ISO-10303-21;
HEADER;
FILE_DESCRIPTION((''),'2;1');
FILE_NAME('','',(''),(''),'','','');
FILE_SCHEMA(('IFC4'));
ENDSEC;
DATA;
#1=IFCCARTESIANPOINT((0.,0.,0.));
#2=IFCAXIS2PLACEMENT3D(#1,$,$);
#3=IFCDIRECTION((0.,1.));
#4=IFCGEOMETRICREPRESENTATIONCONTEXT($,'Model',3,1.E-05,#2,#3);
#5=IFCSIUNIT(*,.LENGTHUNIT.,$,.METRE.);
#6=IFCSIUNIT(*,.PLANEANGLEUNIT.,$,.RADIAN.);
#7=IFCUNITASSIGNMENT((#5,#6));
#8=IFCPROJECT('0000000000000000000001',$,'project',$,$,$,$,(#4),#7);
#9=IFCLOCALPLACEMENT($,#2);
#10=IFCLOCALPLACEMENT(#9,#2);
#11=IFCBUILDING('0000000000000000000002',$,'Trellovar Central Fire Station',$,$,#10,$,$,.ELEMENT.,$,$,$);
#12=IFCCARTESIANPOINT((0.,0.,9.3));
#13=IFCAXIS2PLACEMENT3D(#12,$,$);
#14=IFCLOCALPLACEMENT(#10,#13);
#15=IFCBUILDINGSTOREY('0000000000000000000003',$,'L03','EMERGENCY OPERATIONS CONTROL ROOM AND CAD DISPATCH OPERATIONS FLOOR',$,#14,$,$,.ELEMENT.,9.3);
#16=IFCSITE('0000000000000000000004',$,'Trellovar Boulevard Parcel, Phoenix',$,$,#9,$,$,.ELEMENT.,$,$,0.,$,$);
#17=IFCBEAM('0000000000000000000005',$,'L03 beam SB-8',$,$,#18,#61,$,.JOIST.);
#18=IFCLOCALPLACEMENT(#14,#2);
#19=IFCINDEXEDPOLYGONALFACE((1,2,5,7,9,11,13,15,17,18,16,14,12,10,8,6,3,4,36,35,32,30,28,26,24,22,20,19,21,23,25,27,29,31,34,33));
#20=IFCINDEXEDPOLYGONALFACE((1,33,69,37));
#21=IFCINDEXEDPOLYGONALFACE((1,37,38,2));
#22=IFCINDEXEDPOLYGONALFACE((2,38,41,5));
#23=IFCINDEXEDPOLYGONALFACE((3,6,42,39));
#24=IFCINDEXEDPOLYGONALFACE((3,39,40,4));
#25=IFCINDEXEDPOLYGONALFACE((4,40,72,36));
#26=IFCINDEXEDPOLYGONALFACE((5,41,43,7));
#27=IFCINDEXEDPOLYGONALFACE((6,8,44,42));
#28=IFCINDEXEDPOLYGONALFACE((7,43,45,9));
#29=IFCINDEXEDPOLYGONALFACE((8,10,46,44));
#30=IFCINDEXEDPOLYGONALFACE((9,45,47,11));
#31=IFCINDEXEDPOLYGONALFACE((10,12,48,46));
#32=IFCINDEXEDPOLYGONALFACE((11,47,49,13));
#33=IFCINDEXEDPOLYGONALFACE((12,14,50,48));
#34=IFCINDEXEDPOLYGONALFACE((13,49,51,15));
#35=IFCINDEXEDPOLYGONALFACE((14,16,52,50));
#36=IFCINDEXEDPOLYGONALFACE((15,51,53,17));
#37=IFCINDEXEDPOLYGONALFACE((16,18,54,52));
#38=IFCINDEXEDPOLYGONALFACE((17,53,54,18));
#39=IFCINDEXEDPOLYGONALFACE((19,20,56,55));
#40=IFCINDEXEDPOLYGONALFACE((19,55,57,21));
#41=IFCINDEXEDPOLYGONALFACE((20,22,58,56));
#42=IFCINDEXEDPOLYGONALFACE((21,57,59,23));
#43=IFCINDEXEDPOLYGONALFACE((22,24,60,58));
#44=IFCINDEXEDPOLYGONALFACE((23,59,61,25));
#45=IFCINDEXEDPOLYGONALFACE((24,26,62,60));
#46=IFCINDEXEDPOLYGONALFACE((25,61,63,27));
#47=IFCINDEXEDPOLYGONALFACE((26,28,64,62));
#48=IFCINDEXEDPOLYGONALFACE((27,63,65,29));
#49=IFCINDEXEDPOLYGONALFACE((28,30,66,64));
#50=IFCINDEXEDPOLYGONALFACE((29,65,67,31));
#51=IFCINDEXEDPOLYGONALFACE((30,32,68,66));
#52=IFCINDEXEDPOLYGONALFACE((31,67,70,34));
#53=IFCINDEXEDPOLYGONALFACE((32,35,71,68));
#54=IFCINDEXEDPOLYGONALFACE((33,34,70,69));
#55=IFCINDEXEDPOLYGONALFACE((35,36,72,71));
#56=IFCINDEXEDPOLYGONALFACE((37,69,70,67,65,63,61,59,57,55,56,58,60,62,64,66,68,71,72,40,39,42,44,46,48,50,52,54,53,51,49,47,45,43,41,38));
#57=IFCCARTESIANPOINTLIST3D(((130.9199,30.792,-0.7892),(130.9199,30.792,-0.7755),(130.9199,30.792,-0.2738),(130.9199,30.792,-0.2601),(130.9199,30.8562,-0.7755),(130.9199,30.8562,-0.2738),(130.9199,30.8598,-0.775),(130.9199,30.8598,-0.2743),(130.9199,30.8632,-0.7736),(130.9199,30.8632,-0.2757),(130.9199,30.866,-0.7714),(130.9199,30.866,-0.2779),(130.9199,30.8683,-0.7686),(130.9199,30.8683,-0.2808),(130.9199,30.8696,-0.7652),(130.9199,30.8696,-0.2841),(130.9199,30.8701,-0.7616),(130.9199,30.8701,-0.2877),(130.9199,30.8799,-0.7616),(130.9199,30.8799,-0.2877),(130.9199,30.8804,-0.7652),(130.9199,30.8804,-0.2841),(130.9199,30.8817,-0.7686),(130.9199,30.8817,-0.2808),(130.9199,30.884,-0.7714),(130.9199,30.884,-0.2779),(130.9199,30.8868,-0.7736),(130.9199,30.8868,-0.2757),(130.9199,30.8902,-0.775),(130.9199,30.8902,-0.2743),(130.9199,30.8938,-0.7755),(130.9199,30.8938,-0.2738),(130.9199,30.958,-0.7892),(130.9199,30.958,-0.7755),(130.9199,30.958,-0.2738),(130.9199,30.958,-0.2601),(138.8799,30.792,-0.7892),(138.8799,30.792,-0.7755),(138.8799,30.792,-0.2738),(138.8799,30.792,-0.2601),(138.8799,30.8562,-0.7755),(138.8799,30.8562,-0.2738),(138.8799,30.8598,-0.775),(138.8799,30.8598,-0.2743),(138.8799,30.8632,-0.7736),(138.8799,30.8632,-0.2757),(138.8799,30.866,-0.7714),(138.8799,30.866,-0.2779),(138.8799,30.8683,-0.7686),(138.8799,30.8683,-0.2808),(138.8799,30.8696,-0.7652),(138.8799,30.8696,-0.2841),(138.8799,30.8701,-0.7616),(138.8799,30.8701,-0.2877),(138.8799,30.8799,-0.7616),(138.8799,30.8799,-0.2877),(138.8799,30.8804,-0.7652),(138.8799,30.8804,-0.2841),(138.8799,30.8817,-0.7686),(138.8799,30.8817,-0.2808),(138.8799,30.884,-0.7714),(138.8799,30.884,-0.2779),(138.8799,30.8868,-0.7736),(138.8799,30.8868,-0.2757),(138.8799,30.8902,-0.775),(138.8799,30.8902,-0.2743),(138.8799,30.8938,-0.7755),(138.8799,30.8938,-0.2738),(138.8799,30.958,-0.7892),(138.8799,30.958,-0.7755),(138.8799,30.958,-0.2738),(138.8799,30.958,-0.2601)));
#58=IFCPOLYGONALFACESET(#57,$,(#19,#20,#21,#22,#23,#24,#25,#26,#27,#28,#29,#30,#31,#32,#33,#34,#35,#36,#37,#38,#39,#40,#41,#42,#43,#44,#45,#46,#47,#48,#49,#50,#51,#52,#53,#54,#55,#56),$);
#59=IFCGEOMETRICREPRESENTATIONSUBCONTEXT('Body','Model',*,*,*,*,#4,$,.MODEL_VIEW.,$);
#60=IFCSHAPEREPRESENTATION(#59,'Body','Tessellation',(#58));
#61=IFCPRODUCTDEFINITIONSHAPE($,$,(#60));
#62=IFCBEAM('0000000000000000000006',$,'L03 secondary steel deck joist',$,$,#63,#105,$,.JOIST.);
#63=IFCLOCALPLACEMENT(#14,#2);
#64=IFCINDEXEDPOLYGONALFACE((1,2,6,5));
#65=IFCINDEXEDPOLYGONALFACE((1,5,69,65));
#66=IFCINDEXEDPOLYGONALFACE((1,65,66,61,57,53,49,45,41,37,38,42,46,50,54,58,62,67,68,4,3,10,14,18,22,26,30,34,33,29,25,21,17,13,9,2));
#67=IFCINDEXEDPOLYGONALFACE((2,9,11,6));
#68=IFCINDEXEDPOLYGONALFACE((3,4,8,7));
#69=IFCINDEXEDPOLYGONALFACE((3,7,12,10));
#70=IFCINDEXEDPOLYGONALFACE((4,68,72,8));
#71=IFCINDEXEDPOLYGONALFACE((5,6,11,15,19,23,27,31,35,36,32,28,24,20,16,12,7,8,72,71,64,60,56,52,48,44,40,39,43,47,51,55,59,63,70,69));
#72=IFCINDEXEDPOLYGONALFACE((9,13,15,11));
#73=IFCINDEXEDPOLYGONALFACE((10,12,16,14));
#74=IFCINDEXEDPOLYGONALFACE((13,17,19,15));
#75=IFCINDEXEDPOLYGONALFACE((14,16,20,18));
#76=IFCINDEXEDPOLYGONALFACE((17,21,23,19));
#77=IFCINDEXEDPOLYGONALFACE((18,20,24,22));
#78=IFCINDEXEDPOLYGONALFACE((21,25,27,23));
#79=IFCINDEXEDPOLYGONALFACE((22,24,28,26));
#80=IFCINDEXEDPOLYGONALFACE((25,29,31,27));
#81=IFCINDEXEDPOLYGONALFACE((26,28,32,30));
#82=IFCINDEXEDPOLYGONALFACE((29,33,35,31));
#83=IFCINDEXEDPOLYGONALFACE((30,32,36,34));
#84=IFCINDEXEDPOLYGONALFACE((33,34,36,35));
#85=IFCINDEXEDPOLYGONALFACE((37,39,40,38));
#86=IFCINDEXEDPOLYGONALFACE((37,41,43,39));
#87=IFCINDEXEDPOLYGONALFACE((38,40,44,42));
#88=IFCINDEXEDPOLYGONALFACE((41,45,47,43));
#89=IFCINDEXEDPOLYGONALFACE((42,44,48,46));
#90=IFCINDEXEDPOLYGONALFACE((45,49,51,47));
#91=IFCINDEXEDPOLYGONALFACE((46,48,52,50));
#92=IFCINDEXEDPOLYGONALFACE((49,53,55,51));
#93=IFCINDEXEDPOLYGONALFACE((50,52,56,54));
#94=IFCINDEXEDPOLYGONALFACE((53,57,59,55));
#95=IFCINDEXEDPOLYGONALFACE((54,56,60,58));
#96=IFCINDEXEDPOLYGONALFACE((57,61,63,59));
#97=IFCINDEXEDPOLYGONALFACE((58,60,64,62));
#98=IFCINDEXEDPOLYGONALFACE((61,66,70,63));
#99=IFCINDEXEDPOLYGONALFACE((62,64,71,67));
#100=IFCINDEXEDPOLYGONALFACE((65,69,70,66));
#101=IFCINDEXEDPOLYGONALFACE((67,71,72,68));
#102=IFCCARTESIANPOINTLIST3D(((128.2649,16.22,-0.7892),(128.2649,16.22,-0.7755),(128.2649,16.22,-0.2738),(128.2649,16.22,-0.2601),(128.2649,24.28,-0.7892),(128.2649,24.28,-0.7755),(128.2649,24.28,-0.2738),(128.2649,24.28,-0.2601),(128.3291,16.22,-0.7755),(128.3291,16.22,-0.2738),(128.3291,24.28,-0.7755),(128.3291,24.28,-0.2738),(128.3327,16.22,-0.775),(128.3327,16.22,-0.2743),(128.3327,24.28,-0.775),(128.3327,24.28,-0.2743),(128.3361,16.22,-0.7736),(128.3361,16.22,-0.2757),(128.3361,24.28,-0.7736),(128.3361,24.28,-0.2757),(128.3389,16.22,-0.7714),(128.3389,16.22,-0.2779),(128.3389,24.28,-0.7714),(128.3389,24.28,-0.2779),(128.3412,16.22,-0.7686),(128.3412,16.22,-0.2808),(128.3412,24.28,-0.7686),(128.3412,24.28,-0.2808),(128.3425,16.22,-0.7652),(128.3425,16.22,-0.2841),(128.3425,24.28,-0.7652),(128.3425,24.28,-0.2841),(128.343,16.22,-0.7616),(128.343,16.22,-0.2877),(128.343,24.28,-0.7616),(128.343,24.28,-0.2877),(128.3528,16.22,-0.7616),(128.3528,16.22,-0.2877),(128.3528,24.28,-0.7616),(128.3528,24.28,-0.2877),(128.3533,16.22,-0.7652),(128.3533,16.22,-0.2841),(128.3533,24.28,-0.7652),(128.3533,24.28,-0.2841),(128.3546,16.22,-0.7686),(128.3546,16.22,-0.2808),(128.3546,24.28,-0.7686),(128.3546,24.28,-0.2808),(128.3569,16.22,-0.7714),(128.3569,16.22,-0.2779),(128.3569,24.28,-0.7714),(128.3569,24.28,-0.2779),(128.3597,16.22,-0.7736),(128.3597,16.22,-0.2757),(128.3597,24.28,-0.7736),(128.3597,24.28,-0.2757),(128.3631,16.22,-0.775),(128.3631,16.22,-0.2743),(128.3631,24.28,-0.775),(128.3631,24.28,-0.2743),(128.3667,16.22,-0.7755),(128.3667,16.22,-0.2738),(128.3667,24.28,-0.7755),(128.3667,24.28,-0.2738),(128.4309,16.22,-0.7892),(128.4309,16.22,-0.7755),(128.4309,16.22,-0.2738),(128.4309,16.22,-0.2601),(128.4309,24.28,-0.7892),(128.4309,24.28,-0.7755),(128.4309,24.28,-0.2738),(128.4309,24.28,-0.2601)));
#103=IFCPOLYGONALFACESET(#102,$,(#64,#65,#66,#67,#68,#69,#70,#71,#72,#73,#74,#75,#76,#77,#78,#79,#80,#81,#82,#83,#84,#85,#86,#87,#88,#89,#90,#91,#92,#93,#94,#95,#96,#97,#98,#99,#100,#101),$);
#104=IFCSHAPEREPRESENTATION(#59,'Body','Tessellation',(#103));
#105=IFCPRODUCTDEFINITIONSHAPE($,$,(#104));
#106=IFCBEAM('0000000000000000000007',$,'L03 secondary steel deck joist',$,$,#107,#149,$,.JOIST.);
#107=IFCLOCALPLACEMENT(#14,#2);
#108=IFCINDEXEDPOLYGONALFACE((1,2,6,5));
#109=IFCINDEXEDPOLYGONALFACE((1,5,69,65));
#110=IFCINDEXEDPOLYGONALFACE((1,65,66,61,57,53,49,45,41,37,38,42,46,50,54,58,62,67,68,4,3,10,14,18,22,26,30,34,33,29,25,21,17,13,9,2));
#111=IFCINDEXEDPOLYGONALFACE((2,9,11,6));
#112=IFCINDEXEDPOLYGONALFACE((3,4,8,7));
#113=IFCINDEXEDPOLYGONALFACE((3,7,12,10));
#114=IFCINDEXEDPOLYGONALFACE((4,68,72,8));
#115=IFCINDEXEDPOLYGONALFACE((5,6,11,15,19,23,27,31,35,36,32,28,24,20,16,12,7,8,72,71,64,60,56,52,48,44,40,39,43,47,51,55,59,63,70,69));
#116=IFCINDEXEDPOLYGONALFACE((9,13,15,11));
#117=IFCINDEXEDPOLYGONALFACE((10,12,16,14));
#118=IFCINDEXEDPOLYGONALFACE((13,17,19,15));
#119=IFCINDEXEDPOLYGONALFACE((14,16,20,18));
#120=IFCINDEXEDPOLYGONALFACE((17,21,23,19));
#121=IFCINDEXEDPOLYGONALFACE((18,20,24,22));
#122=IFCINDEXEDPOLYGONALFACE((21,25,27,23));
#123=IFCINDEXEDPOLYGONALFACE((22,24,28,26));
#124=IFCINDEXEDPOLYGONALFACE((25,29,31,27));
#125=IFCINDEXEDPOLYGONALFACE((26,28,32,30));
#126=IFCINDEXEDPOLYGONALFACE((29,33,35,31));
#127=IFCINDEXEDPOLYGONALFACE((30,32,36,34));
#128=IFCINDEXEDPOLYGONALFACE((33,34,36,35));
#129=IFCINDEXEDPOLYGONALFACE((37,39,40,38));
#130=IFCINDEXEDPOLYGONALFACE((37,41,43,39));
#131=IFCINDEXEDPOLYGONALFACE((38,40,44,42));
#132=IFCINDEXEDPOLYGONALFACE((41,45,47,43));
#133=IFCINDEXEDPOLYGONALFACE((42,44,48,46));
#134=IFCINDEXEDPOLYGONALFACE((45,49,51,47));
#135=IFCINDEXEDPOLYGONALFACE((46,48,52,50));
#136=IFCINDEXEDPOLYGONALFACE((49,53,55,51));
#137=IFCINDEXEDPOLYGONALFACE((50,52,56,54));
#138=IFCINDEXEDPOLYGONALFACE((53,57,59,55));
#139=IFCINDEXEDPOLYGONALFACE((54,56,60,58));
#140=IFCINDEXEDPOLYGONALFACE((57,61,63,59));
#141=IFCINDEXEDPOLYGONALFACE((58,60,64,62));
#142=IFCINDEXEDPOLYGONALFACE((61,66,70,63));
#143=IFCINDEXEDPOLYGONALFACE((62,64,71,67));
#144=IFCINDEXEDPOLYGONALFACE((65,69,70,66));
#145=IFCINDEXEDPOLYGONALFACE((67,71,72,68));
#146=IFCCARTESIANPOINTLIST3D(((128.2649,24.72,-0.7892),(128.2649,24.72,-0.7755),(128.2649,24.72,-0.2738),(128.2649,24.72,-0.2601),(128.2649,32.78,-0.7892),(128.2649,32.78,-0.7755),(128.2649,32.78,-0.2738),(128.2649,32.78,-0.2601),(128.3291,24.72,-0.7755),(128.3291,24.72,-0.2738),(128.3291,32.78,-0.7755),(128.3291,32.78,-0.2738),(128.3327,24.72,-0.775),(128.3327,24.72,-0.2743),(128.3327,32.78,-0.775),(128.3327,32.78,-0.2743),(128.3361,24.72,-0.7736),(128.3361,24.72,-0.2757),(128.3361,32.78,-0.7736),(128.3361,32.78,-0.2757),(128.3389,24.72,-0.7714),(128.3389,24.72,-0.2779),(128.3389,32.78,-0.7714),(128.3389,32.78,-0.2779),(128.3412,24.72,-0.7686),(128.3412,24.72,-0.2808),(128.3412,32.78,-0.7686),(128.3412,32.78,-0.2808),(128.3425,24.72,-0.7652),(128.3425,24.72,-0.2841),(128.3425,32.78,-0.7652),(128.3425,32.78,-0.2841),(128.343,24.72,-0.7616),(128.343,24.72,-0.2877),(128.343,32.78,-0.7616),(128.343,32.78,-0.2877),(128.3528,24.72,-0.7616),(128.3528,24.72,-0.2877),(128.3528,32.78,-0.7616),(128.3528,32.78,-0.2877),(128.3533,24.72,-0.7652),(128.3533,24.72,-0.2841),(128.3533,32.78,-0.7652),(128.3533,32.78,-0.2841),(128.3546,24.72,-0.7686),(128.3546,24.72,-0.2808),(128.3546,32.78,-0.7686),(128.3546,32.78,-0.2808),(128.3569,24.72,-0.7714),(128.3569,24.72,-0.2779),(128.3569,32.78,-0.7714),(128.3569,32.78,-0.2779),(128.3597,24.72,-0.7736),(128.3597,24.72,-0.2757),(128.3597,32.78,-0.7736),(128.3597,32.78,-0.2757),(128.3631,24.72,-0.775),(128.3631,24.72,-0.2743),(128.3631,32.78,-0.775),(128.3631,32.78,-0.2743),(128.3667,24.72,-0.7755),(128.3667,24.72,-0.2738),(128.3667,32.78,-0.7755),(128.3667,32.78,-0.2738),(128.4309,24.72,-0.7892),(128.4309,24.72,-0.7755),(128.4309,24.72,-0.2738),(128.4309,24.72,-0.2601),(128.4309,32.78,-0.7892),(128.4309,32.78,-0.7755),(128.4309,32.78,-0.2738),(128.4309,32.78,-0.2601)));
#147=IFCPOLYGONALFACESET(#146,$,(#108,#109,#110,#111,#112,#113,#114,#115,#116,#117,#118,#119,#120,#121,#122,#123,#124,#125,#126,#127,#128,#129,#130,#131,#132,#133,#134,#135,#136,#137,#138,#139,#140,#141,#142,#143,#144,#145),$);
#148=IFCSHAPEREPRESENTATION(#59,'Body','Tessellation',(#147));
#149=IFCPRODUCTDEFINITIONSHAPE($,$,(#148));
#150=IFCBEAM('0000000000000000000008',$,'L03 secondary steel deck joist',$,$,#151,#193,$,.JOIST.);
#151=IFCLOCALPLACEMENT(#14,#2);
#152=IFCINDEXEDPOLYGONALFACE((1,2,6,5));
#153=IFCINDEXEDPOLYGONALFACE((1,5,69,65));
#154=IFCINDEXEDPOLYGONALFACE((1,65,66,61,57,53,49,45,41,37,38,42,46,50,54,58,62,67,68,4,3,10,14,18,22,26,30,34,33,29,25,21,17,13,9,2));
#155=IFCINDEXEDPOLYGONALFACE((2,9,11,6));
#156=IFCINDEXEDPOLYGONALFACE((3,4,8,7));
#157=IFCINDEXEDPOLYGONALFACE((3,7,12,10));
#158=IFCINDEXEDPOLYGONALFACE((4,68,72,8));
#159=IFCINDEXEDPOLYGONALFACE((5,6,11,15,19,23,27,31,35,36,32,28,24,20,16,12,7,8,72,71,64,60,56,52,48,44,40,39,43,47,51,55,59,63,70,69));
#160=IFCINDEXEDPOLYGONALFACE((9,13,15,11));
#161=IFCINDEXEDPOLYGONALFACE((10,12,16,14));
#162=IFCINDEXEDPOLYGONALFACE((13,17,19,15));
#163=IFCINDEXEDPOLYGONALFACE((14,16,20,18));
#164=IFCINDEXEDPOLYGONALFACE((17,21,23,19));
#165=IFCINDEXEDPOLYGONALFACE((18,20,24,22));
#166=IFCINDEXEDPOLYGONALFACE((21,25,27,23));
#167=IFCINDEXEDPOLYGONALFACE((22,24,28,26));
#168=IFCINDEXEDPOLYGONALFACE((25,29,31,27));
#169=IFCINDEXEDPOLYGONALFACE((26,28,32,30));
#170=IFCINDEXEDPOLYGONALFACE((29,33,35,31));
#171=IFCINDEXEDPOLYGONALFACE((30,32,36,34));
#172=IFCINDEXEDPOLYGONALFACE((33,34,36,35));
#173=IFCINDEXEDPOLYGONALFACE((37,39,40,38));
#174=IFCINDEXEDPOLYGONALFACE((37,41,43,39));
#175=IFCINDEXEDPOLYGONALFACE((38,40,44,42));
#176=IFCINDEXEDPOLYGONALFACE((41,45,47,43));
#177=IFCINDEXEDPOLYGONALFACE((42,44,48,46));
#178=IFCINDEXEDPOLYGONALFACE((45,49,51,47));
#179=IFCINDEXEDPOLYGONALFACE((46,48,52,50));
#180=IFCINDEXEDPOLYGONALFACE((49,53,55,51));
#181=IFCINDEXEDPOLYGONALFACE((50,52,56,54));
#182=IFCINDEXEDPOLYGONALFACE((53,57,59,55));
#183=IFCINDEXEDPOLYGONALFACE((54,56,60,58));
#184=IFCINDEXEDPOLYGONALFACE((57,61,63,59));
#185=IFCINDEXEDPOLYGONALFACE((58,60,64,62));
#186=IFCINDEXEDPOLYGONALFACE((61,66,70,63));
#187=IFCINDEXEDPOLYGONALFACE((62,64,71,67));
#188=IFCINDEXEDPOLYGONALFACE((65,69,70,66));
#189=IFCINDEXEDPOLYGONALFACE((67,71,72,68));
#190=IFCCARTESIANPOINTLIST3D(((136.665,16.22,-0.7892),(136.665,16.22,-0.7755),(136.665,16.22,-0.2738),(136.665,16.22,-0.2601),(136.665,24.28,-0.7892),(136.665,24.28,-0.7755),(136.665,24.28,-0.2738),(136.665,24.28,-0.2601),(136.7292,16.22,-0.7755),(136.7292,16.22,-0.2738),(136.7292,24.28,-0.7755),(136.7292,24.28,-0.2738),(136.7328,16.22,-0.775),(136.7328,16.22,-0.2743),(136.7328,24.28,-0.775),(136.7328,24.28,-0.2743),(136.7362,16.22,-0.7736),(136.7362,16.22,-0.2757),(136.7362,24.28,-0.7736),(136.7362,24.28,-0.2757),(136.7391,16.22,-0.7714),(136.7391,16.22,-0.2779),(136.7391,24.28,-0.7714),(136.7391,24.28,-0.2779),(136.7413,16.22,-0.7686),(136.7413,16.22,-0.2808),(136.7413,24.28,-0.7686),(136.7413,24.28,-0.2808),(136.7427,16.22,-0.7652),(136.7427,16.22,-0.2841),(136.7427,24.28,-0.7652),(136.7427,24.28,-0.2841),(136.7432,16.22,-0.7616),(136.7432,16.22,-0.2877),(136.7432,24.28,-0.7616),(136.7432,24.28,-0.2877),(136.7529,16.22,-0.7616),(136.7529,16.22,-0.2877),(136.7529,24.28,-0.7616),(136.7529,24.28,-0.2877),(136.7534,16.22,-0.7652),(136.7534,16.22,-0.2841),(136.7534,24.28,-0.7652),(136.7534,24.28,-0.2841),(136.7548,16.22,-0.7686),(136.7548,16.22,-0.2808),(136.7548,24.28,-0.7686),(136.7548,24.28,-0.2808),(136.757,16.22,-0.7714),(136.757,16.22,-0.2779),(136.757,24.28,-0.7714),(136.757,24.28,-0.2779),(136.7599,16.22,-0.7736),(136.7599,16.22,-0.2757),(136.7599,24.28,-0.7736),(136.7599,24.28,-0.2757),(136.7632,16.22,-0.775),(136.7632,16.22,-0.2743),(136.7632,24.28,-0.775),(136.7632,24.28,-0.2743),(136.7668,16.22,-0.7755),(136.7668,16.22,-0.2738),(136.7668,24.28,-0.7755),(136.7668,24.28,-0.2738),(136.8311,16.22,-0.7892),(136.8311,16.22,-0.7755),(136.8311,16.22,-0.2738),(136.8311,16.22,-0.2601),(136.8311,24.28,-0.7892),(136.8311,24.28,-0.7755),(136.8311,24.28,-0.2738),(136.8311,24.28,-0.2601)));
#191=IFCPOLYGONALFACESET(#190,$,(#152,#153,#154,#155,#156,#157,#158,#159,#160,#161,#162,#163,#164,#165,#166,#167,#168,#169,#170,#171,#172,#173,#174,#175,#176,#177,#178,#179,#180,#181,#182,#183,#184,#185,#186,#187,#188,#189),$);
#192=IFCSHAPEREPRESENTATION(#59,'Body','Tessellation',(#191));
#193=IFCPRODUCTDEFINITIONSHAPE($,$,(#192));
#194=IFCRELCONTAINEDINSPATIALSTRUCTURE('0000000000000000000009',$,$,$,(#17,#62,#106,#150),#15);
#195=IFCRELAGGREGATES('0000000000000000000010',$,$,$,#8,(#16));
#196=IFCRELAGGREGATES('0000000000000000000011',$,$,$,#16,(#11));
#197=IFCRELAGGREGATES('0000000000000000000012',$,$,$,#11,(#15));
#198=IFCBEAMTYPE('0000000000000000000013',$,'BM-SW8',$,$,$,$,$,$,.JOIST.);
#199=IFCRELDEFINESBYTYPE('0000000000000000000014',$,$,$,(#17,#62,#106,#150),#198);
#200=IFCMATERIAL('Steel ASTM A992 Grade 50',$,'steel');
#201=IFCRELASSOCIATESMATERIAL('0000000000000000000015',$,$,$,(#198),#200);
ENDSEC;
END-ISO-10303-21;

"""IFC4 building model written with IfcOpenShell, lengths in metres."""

from ifc_helpers import new_model, si_unit, direction, frame, origin, origin_2d, place, context, subcontext, project, spatial, i_section, extrude, material, material_profile, profile_set, type_object, element, save


model = new_model("IFC4")

# Units and contexts
model_context = context("Model", 3, precision=1e-05, world=origin(), true_north=direction((0.0, 1.0)))
body_context = subcontext(model_context, "Body", "Model", "MODEL_VIEW")
ifc_project = project(units=[si_unit("LENGTHUNIT", "METRE"), si_unit("PLANEANGLEUNIT", "RADIAN")], contexts=[model_context])

# Site, building, storey
site_placement = place(None, origin())
site = spatial("IfcSite", under=ifc_project, at=site_placement, Name="Trellovar Boulevard Parcel, Phoenix", CompositionType="ELEMENT", RefElevation=0.0)
building_placement = place(site_placement, origin())
building = spatial("IfcBuilding", under=site, at=building_placement, Name="Trellovar Central Fire Station", CompositionType="ELEMENT")
storey_placement = place(building_placement, frame((0.0, 0.0, 9.3)))
storey = spatial("IfcBuildingStorey", under=building, at=storey_placement, Name="L03", Description="EMERGENCY OPERATIONS CONTROL ROOM AND CAD DISPATCH OPERATIONS FLOOR", CompositionType="ELEMENT", Elevation=9.3)

# Beams
ifc_material_1 = material(Name="Steel ASTM A992 Grade 50", Category="steel")
ifc_material_profile_1 = material_profile(ifc_material_1, i_section(OverallWidth=0.166, OverallDepth=0.5291, WebThickness=0.0098, FlangeThickness=0.0137, FilletRadius=0.0139, at=origin_2d()), Name="W21X50")
ifc_profile_set_1 = profile_set([ifc_material_profile_1], Name="Steel ASTM A992 Grade 50")
beam_type_1 = type_object("IfcBeamType", Name="BM-SW8", PredefinedType="JOIST", material=ifc_profile_set_1)
for number, where, z_axis, x_axis, name in (
    (1, (130.9199, 30.875, -0.5247), (1.0, 0.0, 0.0), (0.0, 1.0, 0.0), "L03 beam SB-8"),
):
    element("IfcBeam", number, at=place(storey_placement, frame(where, z_axis=z_axis, x_axis=x_axis)), inside=storey, type_object=beam_type_1, Name=name, PredefinedType="JOIST", context=body_context, shape_type="SweptSolid", body=[
        extrude(i_section(OverallWidth=0.166, OverallDepth=0.5291, WebThickness=0.0098, FlangeThickness=0.0137, FilletRadius=0.0139, at=origin_2d()), origin(), (0.0, 0.0, 1.0), 7.96),
    ])
for number, where, z_axis, x_axis, name in (
    (2, (128.3479, 16.22, -0.5247), (0.0, 1.0, 0.0), (-1.0, 0.0, 0.0), "L03 secondary steel deck joist"),
    (3, (128.3479, 24.72, -0.5247), (0.0, 1.0, 0.0), (-1.0, 0.0, 0.0), "L03 secondary steel deck joist"),
    (4, (136.748, 16.22, -0.5247), (0.0, 1.0, 0.0), (-1.0, 0.0, 0.0), "L03 secondary steel deck joist"),
):
    element("IfcBeam", number, at=place(storey_placement, frame(where, z_axis=z_axis, x_axis=x_axis)), inside=storey, type_object=beam_type_1, Name=name, PredefinedType="JOIST", context=body_context, shape_type="SweptSolid", body=[
        extrude(i_section(OverallWidth=0.166, OverallDepth=0.5291, WebThickness=0.0098, FlangeThickness=0.0137, FilletRadius=0.0139, at=origin_2d()), origin(), (0.0, 0.0, 1.0), 8.0601),
    ])

save(model, "model.ifc")
